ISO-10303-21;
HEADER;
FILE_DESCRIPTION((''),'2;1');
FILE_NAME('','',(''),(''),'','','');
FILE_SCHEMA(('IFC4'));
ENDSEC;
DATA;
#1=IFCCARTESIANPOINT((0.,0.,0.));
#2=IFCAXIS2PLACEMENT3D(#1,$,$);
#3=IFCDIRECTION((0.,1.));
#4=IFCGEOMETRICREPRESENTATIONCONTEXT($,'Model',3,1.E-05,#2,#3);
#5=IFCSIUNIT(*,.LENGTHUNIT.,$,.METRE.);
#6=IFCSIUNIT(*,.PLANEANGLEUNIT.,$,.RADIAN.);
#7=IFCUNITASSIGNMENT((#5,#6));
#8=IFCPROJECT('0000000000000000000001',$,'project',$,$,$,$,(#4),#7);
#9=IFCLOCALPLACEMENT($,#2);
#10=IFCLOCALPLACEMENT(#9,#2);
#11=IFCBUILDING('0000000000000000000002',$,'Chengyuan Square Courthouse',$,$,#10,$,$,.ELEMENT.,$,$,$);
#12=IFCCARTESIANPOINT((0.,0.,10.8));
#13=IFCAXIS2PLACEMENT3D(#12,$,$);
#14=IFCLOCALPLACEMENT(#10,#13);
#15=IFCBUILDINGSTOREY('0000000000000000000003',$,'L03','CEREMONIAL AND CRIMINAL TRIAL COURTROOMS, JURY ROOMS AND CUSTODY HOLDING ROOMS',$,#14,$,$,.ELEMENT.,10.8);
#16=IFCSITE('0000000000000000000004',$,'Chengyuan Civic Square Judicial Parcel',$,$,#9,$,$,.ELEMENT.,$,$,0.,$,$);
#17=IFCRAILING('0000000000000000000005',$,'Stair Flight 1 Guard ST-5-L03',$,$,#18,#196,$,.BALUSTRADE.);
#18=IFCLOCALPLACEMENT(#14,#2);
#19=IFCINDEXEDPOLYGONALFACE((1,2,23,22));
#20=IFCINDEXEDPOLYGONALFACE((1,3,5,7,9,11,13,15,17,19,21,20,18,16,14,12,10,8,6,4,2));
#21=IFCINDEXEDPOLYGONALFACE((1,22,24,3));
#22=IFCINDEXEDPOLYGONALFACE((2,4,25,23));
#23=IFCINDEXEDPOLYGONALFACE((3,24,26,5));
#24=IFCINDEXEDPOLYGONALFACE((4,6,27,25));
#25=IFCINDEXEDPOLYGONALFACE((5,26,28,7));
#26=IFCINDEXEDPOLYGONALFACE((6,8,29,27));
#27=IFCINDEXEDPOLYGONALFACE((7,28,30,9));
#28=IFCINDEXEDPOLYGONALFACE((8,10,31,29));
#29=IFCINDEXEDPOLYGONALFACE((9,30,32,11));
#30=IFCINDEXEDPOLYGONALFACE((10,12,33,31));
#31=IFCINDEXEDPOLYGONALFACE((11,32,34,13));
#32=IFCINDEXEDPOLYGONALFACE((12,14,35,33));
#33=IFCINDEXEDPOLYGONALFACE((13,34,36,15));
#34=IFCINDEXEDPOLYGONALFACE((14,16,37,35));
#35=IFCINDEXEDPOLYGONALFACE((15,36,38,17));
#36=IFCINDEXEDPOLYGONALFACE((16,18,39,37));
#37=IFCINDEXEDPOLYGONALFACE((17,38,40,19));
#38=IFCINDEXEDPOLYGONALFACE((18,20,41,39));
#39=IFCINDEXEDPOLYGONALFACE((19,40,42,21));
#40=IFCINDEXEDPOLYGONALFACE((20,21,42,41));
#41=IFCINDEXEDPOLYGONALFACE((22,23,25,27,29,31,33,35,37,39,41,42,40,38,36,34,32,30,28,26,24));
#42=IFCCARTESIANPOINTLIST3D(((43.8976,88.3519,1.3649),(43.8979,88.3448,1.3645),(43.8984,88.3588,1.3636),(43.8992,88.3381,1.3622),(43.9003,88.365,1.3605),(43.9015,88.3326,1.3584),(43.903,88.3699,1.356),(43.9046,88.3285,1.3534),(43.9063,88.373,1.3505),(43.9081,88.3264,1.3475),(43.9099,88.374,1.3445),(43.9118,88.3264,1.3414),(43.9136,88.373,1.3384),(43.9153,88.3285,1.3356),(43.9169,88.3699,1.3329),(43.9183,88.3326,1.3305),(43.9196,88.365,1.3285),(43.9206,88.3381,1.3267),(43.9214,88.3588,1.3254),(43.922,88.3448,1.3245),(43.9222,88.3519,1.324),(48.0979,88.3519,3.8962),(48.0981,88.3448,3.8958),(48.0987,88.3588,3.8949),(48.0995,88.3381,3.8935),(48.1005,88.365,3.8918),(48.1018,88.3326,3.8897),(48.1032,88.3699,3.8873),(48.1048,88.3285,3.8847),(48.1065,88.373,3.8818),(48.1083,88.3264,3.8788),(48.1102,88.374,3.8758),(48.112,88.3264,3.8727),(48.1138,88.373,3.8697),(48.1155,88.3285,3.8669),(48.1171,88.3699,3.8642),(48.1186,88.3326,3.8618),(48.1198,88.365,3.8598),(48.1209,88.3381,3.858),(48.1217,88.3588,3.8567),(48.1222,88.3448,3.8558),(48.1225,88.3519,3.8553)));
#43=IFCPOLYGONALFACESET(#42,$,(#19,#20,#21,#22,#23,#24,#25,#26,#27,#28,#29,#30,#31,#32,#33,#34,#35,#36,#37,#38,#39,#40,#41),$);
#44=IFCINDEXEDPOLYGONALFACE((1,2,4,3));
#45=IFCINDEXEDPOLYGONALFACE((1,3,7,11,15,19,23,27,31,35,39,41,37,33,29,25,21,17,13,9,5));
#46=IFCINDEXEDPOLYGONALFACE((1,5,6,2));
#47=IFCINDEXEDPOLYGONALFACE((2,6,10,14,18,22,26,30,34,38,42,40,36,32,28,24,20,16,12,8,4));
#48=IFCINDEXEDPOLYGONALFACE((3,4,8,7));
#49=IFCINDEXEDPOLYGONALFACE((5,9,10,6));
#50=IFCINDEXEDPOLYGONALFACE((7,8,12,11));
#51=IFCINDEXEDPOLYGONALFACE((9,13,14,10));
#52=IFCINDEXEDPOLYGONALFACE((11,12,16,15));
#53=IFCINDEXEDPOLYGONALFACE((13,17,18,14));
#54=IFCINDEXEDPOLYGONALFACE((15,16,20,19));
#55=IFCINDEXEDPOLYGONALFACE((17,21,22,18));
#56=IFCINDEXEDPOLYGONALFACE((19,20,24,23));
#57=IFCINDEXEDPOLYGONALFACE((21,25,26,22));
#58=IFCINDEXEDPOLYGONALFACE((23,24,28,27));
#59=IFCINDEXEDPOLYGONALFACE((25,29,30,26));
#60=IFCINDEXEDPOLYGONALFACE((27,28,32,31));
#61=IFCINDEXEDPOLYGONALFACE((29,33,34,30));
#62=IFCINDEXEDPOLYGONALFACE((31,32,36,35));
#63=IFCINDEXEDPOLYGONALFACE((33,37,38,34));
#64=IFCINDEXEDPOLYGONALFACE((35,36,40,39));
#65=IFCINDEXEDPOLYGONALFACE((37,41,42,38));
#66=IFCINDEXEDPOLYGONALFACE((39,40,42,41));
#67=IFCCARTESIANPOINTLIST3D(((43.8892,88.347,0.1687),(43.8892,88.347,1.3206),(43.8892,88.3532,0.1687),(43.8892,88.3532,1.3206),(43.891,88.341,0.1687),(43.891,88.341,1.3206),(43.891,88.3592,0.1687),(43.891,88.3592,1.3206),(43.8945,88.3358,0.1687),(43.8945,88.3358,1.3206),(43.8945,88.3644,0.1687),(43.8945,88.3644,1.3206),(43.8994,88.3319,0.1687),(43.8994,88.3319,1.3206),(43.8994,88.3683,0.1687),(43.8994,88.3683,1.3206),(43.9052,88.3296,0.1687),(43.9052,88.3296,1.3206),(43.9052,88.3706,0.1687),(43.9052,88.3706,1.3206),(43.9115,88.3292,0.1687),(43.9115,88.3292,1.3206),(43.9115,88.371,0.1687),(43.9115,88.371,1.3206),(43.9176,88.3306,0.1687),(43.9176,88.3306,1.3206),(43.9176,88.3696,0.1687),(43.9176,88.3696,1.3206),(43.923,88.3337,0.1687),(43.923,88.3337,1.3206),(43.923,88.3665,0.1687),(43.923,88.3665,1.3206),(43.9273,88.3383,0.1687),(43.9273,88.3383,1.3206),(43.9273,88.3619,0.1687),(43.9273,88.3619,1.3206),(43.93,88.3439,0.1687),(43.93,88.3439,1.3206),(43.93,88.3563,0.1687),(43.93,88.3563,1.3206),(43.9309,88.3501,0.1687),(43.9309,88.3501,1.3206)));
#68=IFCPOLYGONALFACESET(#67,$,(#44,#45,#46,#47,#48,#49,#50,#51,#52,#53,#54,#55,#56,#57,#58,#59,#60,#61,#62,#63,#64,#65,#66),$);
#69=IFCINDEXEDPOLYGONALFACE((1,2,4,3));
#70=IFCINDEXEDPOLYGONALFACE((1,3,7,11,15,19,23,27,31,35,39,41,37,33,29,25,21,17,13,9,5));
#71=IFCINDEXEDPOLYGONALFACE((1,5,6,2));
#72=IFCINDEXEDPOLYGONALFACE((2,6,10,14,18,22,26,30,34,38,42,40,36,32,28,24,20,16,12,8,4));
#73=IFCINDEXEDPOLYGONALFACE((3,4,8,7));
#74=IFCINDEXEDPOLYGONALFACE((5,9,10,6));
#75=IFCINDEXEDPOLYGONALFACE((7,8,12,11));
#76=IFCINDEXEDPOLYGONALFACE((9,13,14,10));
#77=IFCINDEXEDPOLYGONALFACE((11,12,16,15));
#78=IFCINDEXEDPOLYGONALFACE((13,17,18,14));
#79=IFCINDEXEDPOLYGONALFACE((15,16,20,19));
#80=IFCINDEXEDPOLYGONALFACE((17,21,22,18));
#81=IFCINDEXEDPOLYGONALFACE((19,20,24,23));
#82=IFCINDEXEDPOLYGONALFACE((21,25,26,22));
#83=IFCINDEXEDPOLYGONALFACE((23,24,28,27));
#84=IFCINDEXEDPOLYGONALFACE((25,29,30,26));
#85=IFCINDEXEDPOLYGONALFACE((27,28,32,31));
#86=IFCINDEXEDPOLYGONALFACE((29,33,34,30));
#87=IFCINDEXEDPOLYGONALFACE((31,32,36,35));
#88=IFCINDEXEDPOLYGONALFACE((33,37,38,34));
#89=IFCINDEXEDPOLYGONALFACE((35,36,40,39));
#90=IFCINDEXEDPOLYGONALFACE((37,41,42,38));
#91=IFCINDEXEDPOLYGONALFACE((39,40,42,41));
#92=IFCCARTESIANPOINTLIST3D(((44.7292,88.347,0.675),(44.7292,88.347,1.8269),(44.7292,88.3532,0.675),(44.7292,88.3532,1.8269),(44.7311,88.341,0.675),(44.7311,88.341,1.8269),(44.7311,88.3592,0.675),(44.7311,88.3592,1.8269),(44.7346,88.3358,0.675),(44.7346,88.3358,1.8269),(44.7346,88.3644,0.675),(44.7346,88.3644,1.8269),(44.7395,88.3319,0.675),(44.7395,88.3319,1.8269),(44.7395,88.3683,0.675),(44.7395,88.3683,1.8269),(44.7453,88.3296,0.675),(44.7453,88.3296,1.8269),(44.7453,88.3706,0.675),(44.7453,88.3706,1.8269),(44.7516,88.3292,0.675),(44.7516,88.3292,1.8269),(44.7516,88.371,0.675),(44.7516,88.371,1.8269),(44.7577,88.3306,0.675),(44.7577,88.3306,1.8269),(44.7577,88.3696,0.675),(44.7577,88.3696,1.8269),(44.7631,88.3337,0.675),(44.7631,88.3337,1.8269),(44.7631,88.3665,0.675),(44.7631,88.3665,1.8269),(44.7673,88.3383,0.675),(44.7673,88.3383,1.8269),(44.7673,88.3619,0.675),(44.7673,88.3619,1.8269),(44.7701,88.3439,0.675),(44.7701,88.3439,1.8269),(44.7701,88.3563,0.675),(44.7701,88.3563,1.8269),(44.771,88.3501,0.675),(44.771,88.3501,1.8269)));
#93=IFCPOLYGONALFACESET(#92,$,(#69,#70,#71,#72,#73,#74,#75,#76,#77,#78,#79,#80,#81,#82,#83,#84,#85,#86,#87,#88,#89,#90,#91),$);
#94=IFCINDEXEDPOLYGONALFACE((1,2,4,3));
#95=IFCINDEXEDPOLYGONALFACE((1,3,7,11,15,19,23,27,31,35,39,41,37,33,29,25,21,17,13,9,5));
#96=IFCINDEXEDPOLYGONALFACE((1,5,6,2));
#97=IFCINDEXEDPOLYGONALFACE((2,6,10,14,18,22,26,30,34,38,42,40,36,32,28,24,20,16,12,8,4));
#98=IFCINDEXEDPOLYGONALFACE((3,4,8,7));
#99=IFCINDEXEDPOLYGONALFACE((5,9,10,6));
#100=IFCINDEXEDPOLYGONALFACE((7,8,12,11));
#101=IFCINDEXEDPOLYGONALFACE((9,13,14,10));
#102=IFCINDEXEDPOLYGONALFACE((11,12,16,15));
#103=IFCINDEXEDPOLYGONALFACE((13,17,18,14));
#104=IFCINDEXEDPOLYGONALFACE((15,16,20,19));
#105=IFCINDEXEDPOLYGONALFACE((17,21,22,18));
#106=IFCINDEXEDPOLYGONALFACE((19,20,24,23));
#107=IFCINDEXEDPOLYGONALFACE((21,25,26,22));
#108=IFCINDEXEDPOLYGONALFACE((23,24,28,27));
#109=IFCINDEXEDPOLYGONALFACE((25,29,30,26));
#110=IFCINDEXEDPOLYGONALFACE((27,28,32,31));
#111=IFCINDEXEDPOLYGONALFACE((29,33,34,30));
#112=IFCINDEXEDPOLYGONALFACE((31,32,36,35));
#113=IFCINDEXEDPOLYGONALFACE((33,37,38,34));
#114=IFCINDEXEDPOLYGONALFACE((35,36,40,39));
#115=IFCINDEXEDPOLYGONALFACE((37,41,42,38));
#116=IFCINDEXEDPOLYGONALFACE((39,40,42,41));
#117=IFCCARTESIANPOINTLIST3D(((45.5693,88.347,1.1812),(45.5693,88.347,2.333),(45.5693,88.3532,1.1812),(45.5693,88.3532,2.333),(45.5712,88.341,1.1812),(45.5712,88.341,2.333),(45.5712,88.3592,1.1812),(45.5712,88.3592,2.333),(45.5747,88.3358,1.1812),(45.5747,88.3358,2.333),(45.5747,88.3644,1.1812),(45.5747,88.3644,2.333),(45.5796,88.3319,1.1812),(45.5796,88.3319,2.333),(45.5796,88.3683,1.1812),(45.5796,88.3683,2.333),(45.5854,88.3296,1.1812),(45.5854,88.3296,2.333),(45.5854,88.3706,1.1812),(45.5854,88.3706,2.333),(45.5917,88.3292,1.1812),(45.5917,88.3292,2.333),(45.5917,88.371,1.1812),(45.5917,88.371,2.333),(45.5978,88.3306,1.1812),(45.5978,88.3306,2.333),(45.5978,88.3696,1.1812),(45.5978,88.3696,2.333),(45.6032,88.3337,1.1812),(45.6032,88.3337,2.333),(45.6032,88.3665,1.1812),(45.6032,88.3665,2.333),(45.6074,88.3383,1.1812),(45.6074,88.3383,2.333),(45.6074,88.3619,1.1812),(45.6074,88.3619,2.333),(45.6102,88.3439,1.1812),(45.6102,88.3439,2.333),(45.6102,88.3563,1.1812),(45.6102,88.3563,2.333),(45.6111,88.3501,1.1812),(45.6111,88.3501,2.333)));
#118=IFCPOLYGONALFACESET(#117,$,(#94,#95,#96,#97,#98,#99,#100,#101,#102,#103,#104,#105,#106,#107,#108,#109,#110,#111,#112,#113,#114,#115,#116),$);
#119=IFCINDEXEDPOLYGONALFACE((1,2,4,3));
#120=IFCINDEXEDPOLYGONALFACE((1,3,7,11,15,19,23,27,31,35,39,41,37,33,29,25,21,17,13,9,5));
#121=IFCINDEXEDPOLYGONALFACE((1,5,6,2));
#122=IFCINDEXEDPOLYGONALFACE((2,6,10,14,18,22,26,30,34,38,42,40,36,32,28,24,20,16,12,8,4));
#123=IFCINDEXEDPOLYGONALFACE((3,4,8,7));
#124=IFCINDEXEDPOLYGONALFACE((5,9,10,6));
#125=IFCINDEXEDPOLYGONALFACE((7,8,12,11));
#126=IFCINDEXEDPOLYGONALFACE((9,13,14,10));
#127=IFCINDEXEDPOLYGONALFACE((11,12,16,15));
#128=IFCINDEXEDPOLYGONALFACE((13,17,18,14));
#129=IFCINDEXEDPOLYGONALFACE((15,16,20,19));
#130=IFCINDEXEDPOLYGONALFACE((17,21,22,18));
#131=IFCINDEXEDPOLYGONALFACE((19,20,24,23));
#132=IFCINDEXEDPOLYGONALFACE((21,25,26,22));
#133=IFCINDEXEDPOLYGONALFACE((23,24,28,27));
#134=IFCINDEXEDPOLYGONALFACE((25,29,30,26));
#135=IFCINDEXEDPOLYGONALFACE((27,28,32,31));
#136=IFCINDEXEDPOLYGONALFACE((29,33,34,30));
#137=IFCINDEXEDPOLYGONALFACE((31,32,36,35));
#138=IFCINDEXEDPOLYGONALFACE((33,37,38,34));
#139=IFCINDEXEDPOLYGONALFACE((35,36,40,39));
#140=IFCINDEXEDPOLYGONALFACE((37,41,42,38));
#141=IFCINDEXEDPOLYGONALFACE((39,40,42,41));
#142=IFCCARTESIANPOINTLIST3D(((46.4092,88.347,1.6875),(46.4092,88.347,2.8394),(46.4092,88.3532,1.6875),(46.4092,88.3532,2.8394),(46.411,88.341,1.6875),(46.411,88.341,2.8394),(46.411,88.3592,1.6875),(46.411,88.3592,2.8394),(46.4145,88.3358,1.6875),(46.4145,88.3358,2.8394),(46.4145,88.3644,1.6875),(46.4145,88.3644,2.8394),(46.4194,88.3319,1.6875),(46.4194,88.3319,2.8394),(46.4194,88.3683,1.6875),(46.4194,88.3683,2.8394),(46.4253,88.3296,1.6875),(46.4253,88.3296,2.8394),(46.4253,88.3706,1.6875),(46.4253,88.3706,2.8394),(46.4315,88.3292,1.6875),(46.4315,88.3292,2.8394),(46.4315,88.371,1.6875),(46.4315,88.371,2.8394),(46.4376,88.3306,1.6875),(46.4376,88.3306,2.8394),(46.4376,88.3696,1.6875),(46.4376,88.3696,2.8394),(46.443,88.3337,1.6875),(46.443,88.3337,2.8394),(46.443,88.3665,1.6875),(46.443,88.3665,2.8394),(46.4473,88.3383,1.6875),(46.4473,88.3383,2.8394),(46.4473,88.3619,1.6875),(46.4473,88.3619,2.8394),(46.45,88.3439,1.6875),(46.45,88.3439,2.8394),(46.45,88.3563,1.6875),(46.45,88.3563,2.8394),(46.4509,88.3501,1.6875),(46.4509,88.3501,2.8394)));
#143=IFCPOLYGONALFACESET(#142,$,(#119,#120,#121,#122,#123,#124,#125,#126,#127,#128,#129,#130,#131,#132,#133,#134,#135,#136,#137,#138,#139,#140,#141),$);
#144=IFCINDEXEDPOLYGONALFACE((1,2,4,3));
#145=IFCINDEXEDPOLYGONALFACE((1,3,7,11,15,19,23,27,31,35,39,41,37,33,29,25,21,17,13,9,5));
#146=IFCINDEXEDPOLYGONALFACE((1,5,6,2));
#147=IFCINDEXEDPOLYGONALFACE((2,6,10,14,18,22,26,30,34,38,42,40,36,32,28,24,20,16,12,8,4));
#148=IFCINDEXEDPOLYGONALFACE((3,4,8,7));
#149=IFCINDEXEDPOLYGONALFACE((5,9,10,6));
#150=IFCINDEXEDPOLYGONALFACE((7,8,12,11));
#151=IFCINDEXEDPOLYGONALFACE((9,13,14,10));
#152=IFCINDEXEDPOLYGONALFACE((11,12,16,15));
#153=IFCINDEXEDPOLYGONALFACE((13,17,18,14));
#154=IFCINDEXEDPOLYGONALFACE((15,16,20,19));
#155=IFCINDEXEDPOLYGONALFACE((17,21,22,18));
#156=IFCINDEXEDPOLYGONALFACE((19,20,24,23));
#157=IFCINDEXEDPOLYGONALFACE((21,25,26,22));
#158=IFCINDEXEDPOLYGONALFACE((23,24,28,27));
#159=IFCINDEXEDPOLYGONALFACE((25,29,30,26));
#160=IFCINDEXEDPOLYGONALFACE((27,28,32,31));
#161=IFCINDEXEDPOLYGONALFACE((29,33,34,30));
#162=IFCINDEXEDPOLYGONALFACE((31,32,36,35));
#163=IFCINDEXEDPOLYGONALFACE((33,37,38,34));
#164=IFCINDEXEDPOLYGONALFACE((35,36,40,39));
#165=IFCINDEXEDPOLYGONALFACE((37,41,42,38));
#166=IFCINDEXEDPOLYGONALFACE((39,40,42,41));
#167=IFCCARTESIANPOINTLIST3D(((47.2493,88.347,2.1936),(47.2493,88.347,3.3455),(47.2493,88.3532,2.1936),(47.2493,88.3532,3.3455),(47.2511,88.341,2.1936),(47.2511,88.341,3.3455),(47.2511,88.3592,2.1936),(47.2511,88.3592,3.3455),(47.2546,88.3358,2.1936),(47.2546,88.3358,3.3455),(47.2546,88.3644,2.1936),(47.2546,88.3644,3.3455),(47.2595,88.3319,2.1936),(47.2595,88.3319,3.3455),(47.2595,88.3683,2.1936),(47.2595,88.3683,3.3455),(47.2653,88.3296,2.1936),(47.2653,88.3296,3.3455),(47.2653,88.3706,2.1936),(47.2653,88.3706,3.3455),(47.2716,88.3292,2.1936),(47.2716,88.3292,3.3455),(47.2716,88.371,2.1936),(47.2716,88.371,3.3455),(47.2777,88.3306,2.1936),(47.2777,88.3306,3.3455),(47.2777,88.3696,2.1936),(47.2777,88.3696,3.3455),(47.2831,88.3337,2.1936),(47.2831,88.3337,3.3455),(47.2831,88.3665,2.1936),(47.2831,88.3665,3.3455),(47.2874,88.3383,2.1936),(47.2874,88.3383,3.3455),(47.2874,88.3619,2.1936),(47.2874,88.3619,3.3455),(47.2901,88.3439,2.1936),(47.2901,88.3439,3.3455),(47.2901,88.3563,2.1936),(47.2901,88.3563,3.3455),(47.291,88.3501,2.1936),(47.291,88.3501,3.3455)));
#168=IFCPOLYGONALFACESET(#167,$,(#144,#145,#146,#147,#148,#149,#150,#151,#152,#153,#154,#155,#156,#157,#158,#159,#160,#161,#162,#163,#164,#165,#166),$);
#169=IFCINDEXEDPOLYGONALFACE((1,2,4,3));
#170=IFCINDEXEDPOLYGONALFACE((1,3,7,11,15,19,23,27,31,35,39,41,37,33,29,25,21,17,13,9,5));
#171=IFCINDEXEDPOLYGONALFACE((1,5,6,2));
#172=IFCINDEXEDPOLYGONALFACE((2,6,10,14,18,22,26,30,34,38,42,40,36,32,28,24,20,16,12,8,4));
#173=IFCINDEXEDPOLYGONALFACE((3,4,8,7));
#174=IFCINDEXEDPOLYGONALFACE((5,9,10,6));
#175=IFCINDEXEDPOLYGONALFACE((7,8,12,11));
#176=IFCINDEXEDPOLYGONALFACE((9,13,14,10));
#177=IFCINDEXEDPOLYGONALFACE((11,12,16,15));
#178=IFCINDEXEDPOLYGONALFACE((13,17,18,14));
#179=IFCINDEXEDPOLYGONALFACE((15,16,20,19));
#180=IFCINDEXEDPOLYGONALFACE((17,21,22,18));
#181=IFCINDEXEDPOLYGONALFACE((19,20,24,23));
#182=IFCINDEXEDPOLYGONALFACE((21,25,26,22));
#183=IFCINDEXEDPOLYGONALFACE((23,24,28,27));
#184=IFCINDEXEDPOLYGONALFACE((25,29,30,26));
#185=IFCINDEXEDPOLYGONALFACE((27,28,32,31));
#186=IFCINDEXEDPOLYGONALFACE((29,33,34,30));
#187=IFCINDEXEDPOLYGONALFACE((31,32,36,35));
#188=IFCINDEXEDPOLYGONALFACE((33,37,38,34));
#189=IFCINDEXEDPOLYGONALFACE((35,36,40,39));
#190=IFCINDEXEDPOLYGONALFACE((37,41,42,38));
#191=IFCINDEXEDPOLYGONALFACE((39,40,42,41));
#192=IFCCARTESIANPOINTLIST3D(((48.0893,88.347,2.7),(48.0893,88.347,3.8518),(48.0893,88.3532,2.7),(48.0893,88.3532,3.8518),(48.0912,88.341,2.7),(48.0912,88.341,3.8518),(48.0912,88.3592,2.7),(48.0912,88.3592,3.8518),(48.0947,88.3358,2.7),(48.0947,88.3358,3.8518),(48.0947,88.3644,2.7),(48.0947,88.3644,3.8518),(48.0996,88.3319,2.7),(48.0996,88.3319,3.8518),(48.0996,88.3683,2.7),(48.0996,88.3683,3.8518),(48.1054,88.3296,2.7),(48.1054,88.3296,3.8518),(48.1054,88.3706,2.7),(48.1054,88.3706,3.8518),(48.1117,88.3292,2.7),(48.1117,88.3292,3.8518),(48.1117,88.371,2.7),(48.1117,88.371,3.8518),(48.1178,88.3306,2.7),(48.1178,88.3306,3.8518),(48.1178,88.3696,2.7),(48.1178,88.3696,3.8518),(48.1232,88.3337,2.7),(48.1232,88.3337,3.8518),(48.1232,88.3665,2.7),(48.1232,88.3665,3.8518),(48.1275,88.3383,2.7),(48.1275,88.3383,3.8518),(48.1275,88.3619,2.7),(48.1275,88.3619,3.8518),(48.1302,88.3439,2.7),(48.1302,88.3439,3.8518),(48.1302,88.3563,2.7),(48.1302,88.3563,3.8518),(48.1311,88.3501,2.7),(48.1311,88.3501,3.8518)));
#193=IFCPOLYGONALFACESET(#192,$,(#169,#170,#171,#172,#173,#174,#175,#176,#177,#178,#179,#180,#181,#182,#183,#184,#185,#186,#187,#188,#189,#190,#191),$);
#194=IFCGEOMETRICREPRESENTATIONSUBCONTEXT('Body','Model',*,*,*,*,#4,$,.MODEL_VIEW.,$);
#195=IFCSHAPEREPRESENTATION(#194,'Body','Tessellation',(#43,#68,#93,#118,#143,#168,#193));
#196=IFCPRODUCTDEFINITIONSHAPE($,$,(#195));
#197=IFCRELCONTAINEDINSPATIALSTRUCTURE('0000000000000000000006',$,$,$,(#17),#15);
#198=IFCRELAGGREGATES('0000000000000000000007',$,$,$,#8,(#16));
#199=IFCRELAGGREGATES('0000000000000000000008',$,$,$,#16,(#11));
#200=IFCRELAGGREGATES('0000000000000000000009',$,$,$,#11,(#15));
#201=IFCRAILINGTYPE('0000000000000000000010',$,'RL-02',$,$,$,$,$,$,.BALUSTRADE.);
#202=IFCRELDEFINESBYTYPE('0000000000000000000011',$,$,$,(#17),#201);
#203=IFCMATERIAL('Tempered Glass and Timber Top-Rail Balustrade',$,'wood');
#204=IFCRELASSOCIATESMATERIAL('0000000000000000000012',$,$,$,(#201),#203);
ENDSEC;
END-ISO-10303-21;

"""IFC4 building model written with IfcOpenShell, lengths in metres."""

from ifc_helpers import new_model, si_unit, direction, frame, origin, origin_2d, place, context, subcontext, project, spatial, circle, extrude, material, type_object, element, save


model = new_model("IFC4")

# Units and contexts
model_context = context("Model", 3, precision=1e-05, world=origin(), true_north=direction((0.0, 1.0)))
body_context = subcontext(model_context, "Body", "Model", "MODEL_VIEW")
ifc_project = project(units=[si_unit("LENGTHUNIT", "METRE"), si_unit("PLANEANGLEUNIT", "RADIAN")], contexts=[model_context])

# Site, building, storey
site_placement = place(None, origin())
site = spatial("IfcSite", under=ifc_project, at=site_placement, Name="Chengyuan Civic Square Judicial Parcel", CompositionType="ELEMENT", RefElevation=0.0)
building_placement = place(site_placement, origin())
building = spatial("IfcBuilding", under=site, at=building_placement, Name="Chengyuan Square Courthouse", CompositionType="ELEMENT")
storey_placement = place(building_placement, frame((0.0, 0.0, 10.8)))
storey = spatial("IfcBuildingStorey", under=building, at=storey_placement, Name="L03", Description="CEREMONIAL AND CRIMINAL TRIAL COURTROOMS, JURY ROOMS AND CUSTODY HOLDING ROOMS", CompositionType="ELEMENT", Elevation=10.8)

# Railing
ifc_material_1 = material(Name="Tempered Glass and Timber Top-Rail Balustrade", Category="wood")
railing_type_1 = type_object("IfcRailingType", Name="RL-02", PredefinedType="BALUSTRADE", material=ifc_material_1)
railing_1_placement = place(storey_placement, frame((43.9099, 88.3501, 0.1687)))
element("IfcRailing", 1, at=railing_1_placement, inside=storey, type_object=railing_type_1, Name="Stair Flight 1 Guard ST-5-L03", PredefinedType="BALUSTRADE", context=body_context, shape_type="SweptSolid", body=[
    extrude(circle(Radius=0.0239, at=origin_2d()), frame((0.0, 0.0, 1.1758), z_axis=(0.85649, 0.0, 0.516164), x_axis=(0.0, 1.0, 0.0)), (0.0, 0.0, 1.0), 4.9041),
    extrude(circle(Radius=0.021, at=origin_2d()), origin(), (0.0, 0.0, 1.0), 1.1519),
    extrude(circle(Radius=0.021, at=origin_2d()), frame((0.8401, 0.0, 0.5063)), (0.0, 0.0, 1.0), 1.1519),
    extrude(circle(Radius=0.021, at=origin_2d()), frame((1.6802, 0.0, 1.0125)), (0.0, 0.0, 1.0), 1.1519),
    extrude(circle(Radius=0.021, at=origin_2d()), frame((2.52, 0.0, 1.5188)), (0.0, 0.0, 1.0), 1.1519),
    extrude(circle(Radius=0.021, at=origin_2d()), frame((3.3601, 0.0, 2.0249)), (0.0, 0.0, 1.0), 1.1519),
    extrude(circle(Radius=0.021, at=origin_2d()), frame((4.2002, 0.0, 2.5312)), (0.0, 0.0, 1.0), 1.1519),
])

save(model, "model.ifc")
